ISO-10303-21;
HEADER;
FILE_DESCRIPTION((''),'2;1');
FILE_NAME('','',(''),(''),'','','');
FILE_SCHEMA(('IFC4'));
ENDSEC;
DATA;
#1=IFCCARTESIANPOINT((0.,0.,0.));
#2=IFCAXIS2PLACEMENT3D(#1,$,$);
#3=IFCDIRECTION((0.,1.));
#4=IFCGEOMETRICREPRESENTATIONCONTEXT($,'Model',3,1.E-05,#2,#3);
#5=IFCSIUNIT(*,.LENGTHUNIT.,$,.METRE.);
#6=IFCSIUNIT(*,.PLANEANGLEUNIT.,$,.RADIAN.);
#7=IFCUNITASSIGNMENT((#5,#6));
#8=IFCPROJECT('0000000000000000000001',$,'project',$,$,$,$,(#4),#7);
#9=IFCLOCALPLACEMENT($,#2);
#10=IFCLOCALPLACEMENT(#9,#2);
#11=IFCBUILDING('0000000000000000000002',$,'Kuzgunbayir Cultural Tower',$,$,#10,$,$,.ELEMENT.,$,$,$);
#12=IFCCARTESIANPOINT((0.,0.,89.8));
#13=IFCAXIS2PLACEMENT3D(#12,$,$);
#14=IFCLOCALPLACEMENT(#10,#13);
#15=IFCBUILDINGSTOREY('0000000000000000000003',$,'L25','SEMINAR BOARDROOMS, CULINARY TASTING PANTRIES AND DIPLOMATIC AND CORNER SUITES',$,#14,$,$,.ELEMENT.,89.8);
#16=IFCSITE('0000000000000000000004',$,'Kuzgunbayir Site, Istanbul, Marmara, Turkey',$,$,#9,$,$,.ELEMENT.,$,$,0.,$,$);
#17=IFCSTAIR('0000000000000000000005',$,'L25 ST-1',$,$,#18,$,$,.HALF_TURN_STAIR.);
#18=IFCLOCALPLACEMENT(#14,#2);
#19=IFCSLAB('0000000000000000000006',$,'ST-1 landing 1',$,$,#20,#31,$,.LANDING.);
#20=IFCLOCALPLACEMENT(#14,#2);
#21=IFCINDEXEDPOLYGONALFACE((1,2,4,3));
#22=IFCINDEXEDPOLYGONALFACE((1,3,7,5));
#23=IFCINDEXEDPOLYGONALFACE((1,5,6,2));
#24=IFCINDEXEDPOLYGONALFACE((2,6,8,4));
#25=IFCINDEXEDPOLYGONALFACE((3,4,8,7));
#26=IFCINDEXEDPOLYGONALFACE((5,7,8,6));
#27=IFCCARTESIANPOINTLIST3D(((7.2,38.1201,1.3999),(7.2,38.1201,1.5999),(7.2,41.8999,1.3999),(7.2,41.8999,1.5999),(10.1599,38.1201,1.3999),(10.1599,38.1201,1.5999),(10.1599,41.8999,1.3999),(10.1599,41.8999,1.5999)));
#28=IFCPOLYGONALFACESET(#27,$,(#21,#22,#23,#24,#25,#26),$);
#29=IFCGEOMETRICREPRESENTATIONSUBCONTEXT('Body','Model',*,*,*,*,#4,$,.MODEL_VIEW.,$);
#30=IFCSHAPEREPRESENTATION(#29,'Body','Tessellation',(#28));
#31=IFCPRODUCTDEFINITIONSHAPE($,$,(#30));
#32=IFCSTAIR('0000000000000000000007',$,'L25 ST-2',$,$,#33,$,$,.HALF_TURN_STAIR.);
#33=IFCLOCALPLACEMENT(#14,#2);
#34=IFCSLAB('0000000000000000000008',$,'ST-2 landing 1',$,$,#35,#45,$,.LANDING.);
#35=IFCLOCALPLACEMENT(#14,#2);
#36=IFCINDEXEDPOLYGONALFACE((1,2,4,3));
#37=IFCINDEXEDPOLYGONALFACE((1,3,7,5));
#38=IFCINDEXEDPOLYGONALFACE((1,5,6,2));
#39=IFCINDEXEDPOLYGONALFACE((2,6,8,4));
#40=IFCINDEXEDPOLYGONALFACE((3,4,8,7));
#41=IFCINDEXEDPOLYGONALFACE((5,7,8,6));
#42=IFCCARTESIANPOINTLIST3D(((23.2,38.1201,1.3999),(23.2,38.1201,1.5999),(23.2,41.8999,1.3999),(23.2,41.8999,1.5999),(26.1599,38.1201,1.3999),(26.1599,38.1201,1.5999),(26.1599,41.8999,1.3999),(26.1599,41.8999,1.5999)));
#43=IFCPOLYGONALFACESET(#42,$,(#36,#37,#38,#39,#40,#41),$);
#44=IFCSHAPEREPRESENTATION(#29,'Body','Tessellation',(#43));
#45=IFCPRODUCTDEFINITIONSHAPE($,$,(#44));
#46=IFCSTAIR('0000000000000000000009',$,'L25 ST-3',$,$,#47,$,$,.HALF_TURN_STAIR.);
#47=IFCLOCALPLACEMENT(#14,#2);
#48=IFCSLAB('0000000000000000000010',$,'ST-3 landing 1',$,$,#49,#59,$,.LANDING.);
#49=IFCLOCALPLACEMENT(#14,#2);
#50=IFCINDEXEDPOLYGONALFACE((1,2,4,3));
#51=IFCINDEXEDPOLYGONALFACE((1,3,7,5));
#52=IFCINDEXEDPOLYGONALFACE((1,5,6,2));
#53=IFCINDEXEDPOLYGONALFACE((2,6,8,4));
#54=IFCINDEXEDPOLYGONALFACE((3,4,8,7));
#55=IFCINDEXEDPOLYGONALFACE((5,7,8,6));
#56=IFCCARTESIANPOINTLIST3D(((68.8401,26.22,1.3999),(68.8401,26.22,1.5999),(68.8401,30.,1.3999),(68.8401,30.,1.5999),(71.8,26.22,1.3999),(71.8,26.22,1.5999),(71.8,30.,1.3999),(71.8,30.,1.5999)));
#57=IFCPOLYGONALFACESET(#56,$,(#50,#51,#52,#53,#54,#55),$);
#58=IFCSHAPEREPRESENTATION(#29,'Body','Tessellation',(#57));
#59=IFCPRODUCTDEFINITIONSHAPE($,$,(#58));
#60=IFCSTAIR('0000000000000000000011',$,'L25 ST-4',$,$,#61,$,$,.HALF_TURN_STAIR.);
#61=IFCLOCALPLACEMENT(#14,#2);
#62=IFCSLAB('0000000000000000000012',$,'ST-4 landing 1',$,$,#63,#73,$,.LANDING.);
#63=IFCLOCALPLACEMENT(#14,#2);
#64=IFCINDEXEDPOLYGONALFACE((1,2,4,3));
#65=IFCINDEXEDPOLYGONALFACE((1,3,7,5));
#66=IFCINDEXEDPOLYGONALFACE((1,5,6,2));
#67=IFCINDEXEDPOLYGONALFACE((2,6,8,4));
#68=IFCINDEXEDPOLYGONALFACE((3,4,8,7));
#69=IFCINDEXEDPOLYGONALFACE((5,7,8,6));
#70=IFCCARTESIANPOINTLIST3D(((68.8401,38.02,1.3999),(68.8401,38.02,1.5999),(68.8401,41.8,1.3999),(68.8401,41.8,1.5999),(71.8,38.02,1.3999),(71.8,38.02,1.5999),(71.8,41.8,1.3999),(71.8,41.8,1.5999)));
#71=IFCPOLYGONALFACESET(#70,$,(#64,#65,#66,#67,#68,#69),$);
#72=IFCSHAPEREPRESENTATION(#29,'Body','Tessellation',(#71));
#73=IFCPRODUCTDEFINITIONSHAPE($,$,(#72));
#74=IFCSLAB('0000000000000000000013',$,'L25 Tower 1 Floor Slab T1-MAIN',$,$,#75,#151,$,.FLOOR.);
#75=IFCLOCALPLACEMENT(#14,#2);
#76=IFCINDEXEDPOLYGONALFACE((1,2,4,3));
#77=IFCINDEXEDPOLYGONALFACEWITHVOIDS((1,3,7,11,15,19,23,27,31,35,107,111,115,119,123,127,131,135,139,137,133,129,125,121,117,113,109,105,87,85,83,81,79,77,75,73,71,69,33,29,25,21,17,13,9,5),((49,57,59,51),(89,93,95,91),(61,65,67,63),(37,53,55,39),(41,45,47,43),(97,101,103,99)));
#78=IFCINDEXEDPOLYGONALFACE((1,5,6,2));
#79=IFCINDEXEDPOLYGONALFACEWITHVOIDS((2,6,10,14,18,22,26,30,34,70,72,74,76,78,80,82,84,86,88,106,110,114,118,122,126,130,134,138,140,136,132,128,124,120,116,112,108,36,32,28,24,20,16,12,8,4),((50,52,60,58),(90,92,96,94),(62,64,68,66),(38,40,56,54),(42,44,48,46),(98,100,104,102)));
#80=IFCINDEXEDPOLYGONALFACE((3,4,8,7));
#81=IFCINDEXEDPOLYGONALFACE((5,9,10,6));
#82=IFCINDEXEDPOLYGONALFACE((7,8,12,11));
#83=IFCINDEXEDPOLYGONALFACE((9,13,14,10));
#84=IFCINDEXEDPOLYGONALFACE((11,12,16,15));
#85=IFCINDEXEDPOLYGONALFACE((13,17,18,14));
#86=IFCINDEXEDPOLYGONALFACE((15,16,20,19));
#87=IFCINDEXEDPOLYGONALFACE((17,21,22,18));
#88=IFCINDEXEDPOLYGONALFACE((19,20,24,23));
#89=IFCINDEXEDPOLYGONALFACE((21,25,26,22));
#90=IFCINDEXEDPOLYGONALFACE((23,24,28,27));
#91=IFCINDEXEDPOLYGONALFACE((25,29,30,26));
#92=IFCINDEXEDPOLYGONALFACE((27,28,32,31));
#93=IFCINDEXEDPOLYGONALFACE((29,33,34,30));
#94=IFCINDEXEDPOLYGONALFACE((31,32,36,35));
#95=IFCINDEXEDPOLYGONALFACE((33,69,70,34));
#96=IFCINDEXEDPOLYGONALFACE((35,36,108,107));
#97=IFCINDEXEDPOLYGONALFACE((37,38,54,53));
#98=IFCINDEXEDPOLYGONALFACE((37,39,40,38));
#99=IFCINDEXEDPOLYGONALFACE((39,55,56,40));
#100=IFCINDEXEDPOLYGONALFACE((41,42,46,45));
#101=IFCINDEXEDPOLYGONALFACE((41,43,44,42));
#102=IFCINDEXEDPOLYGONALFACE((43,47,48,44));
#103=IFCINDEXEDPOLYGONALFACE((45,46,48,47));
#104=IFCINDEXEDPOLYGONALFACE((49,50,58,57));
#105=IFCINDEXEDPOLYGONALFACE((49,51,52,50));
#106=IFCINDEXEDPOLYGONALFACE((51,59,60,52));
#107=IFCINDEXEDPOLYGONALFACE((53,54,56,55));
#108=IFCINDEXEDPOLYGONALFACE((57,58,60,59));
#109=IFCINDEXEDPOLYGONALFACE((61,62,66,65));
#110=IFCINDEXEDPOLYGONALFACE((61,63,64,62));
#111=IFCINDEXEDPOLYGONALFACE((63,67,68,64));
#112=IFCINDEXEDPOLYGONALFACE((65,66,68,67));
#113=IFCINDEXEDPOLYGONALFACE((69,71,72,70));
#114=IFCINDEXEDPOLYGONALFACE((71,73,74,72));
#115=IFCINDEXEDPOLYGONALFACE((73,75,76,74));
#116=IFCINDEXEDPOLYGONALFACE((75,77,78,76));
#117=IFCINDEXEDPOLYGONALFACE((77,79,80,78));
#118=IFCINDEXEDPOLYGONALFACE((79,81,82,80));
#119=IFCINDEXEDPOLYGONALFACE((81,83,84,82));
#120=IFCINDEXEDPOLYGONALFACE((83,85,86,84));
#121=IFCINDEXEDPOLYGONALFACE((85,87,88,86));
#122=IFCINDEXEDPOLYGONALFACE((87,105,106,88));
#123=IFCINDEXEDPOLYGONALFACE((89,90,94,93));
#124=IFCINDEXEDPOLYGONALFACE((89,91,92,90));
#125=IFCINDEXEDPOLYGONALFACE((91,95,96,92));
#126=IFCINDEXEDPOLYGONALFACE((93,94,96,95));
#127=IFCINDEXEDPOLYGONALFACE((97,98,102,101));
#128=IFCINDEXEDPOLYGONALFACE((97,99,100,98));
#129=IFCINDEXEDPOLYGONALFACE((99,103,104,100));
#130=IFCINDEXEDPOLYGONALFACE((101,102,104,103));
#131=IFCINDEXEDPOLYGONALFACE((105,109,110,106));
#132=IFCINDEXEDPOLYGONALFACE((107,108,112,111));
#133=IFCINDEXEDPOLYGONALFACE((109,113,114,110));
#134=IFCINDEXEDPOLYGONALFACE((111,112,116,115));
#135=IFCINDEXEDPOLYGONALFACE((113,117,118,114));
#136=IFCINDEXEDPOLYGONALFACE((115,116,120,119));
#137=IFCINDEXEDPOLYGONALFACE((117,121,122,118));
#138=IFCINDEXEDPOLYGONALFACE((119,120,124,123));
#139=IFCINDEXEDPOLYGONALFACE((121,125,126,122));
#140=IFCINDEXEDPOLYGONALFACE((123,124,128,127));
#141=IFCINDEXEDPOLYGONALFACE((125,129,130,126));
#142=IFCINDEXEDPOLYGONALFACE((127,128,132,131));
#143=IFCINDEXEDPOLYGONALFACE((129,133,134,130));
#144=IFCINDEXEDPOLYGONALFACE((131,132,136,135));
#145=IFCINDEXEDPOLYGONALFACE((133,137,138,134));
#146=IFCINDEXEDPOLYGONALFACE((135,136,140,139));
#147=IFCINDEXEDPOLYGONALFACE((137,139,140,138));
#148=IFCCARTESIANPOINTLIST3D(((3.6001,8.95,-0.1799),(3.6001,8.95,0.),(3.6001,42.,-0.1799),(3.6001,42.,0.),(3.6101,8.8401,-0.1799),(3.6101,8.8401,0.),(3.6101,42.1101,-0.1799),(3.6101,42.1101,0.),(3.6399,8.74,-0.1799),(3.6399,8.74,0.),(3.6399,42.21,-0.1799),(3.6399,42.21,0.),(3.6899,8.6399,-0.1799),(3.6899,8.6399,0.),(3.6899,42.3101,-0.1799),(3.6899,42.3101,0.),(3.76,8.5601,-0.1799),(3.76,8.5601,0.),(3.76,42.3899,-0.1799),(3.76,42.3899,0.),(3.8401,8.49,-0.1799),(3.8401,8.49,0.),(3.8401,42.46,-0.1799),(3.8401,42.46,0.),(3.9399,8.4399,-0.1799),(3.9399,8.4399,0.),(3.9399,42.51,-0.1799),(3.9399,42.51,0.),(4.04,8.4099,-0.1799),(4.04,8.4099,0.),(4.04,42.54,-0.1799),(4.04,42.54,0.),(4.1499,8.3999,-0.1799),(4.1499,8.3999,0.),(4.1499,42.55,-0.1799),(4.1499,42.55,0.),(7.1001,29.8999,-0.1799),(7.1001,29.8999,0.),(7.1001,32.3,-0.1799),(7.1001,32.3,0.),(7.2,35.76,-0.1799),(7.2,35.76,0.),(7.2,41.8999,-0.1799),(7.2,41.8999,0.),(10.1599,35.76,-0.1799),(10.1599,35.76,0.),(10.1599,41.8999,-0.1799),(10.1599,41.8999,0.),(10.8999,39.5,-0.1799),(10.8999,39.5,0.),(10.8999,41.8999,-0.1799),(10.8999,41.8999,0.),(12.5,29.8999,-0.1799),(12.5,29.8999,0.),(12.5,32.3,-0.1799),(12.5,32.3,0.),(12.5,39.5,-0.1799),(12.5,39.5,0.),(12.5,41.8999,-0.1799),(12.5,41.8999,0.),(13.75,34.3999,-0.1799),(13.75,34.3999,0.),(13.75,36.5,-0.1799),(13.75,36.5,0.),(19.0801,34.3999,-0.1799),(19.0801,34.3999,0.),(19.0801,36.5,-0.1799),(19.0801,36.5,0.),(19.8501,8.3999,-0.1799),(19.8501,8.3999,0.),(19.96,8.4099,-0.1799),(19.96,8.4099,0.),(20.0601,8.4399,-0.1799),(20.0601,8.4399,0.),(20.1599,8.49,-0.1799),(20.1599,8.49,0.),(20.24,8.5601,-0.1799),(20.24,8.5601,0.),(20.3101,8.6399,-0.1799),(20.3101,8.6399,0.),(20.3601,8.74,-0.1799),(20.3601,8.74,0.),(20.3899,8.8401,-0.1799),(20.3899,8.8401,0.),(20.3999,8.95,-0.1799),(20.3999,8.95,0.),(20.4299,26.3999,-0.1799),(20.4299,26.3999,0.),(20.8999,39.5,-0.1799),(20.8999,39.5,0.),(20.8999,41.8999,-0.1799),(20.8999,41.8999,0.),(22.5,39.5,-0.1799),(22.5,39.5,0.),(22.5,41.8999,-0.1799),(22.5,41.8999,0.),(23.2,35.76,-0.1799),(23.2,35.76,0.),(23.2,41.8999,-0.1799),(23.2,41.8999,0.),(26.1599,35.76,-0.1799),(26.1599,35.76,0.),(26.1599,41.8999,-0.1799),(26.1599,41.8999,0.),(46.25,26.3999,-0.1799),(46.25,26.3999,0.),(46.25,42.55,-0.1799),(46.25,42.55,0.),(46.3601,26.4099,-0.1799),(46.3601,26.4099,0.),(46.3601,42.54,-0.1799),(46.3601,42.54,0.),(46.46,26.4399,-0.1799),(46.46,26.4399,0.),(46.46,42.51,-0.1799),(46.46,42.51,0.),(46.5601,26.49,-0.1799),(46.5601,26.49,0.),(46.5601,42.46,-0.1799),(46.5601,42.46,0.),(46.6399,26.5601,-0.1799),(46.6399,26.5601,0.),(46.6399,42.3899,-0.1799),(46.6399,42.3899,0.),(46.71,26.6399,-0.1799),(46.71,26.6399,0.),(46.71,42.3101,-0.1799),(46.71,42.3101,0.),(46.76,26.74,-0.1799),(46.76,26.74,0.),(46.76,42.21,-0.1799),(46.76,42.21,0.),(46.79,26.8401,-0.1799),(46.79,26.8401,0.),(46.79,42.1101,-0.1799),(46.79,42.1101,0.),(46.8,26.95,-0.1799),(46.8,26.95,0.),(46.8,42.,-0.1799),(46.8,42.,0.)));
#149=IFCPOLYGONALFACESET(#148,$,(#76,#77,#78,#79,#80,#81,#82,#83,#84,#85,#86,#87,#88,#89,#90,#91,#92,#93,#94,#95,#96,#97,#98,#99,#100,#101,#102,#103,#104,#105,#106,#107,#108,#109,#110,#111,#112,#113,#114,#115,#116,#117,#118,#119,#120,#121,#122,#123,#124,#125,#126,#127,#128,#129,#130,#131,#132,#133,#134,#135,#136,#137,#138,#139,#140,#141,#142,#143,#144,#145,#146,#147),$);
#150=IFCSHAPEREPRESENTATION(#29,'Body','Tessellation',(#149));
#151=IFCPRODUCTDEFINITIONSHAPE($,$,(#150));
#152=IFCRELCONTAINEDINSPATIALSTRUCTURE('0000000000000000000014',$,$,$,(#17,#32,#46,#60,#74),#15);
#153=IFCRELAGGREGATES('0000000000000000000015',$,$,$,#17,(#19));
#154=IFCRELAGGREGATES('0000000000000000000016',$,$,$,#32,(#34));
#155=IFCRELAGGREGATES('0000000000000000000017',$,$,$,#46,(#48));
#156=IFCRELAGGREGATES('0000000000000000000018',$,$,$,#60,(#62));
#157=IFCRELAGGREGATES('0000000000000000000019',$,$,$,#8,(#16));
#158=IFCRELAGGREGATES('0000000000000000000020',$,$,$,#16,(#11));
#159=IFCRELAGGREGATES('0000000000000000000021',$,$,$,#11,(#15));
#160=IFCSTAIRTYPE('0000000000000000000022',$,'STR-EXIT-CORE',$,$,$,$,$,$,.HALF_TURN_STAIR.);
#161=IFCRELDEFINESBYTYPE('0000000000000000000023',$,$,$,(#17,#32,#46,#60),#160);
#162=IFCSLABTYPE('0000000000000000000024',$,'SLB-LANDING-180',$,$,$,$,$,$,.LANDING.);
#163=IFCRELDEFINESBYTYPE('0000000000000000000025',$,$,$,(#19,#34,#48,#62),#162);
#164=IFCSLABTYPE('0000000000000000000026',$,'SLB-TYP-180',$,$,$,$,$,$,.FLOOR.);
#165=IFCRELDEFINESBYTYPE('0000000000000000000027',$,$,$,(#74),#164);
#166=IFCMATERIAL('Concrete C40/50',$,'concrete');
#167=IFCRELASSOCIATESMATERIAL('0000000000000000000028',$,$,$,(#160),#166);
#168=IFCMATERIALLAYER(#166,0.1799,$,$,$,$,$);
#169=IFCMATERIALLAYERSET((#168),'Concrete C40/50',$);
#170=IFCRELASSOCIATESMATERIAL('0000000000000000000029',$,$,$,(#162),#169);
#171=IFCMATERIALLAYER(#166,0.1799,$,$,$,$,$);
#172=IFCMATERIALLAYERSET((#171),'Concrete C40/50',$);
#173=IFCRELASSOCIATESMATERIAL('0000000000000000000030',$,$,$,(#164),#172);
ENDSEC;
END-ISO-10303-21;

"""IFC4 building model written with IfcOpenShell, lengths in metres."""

from ifc_helpers import new_model, si_unit, direction, frame, origin, place, context, subcontext, project, spatial, polyline, outline, extrude, material, layer, layer_set, type_object, element, aggregate, save


model = new_model("IFC4")

# Units and contexts
model_context = context("Model", 3, precision=1e-05, world=origin(), true_north=direction((0.0, 1.0)))
body_context = subcontext(model_context, "Body", "Model", "MODEL_VIEW")
ifc_project = project(units=[si_unit("LENGTHUNIT", "METRE"), si_unit("PLANEANGLEUNIT", "RADIAN")], contexts=[model_context])

# Site, building, storey
site_placement = place(None, origin())
site = spatial("IfcSite", under=ifc_project, at=site_placement, Name="Kuzgunbayir Site, Istanbul, Marmara, Turkey", CompositionType="ELEMENT", RefElevation=0.0)
building_placement = place(site_placement, origin())
building = spatial("IfcBuilding", under=site, at=building_placement, Name="Kuzgunbayir Cultural Tower", CompositionType="ELEMENT")
storey_placement = place(building_placement, frame((0.0, 0.0, 89.8)))
storey = spatial("IfcBuildingStorey", under=building, at=storey_placement, Name="L25", Description="SEMINAR BOARDROOMS, CULINARY TASTING PANTRIES AND DIPLOMATIC AND CORNER SUITES", CompositionType="ELEMENT", Elevation=89.8)

# Shared definitions
ifc_material_1 = material(Name="Concrete C40/50", Category="concrete")

# Stairs, slabs
stair_type = type_object("IfcStairType", Name="STR-EXIT-CORE", PredefinedType="HALF_TURN_STAIR", material=ifc_material_1)
stair_1_placement = place(storey_placement, origin())
stair_1 = element("IfcStair", 1, at=stair_1_placement, inside=storey, type_object=stair_type, Name="L25 ST-1", PredefinedType="HALF_TURN_STAIR")
ifc_layer_1 = layer(ifc_material_1, 0.1799)
ifc_layer_set_1 = layer_set([ifc_layer_1], Name="Concrete C40/50")
slab_type_1 = type_object("IfcSlabType", Name="SLB-LANDING-180", PredefinedType="LANDING", material=ifc_layer_set_1)
slab_1_placement = place(storey_placement, frame((0.0, 0.0, 1.3999)))
slab_1 = element("IfcSlab", 2, at=slab_1_placement, type_object=slab_type_1, Name="ST-1 landing 1", PredefinedType="LANDING", context=body_context, shape_type="SweptSolid", body=[
    extrude(outline(polyline([(10.1599, 38.1201), (10.1599, 41.8999), (7.2, 41.8999), (7.2, 38.1201), (10.1599, 38.1201)])), origin(), (0.0, 0.0, 1.0), 0.2),
])
aggregate(stair_1, [slab_1])
stair_2_placement = place(storey_placement, origin())
stair_2 = element("IfcStair", 3, at=stair_2_placement, inside=storey, type_object=stair_type, Name="L25 ST-2", PredefinedType="HALF_TURN_STAIR")
slab_2_placement = place(storey_placement, frame((0.0, 0.0, 1.3999)))
slab_2 = element("IfcSlab", 4, at=slab_2_placement, type_object=slab_type_1, Name="ST-2 landing 1", PredefinedType="LANDING", context=body_context, shape_type="SweptSolid", body=[
    extrude(outline(polyline([(26.1599, 38.1201), (26.1599, 41.8999), (23.2, 41.8999), (23.2, 38.1201), (26.1599, 38.1201)])), origin(), (0.0, 0.0, 1.0), 0.2),
])
aggregate(stair_2, [slab_2])
stair_3_placement = place(storey_placement, origin())
stair_3 = element("IfcStair", 5, at=stair_3_placement, inside=storey, type_object=stair_type, Name="L25 ST-3", PredefinedType="HALF_TURN_STAIR")
slab_3_placement = place(storey_placement, frame((0.0, 0.0, 1.3999)))
slab_3 = element("IfcSlab", 6, at=slab_3_placement, type_object=slab_type_1, Name="ST-3 landing 1", PredefinedType="LANDING", context=body_context, shape_type="SweptSolid", body=[
    extrude(outline(polyline([(71.8, 26.22), (71.8, 30.0), (68.8401, 30.0), (68.8401, 26.22), (71.8, 26.22)])), origin(), (0.0, 0.0, 1.0), 0.2),
])
aggregate(stair_3, [slab_3])
stair_4_placement = place(storey_placement, origin())
stair_4 = element("IfcStair", 7, at=stair_4_placement, inside=storey, type_object=stair_type, Name="L25 ST-4", PredefinedType="HALF_TURN_STAIR")
slab_4_placement = place(storey_placement, frame((0.0, 0.0, 1.3999)))
slab_4 = element("IfcSlab", 8, at=slab_4_placement, type_object=slab_type_1, Name="ST-4 landing 1", PredefinedType="LANDING", context=body_context, shape_type="SweptSolid", body=[
    extrude(outline(polyline([(71.8, 38.02), (71.8, 41.8), (68.8401, 41.8), (68.8401, 38.02), (71.8, 38.02)])), origin(), (0.0, 0.0, 1.0), 0.2),
])
aggregate(stair_4, [slab_4])

# Slab
ifc_layer_2 = layer(ifc_material_1, 0.1799)
ifc_layer_set_2 = layer_set([ifc_layer_2], Name="Concrete C40/50")
slab_type_2 = type_object("IfcSlabType", Name="SLB-TYP-180", PredefinedType="FLOOR", material=ifc_layer_set_2)
slab_5_placement = place(storey_placement, frame((0.0, 0.0, -0.1799)))
element("IfcSlab", 9, at=slab_5_placement, inside=storey, type_object=slab_type_2, Name="L25 Tower 1 Floor Slab T1-MAIN", PredefinedType="FLOOR", context=body_context, shape_type="SweptSolid", body=[
    extrude(outline(polyline([(20.3999, 8.95), (20.3899, 8.8401), (20.3601, 8.74), (20.3101, 8.6399), (20.24, 8.5601), (20.1599, 8.49), (20.0601, 8.4399), (19.96, 8.4099), (19.8501, 8.3999), (4.1499, 8.3999), (4.04, 8.4099), (3.9399, 8.4399), (3.8401, 8.49), (3.76, 8.5601), (3.6899, 8.6399), (3.6399, 8.74), (3.6101, 8.8401), (3.6001, 8.95), (3.6001, 42.0), (3.6101, 42.1101), (3.6399, 42.21), (3.6899, 42.3101), (3.76, 42.3899), (3.8401, 42.46), (3.9399, 42.51), (4.04, 42.54), (4.1499, 42.55), (46.25, 42.55), (46.3601, 42.54), (46.46, 42.51), (46.5601, 42.46), (46.6399, 42.3899), (46.71, 42.3101), (46.76, 42.21), (46.79, 42.1101), (46.8, 42.0), (46.8, 26.95), (46.79, 26.8401), (46.76, 26.74), (46.71, 26.6399), (46.6399, 26.5601), (46.5601, 26.49), (46.46, 26.4399), (46.3601, 26.4099), (46.25, 26.3999), (20.4299, 26.3999), (20.3999, 8.95)]), holes=[polyline([(7.2, 35.76), (7.2, 41.8999), (10.1599, 41.8999), (10.1599, 35.76), (7.2, 35.76)]), polyline([(23.2, 35.76), (23.2, 41.8999), (26.1599, 41.8999), (26.1599, 35.76), (23.2, 35.76)]), polyline([(13.75, 34.3999), (13.75, 36.5), (19.0801, 36.5), (19.0801, 34.3999), (13.75, 34.3999)]), polyline([(7.1001, 29.8999), (7.1001, 32.3), (12.5, 32.3), (12.5, 29.8999), (7.1001, 29.8999)]), polyline([(10.8999, 39.5), (10.8999, 41.8999), (12.5, 41.8999), (12.5, 39.5), (10.8999, 39.5)]), polyline([(20.8999, 39.5), (20.8999, 41.8999), (22.5, 41.8999), (22.5, 39.5), (20.8999, 39.5)])]), origin(), (0.0, 0.0, 1.0), 0.1799),
])

save(model, "model.ifc")
